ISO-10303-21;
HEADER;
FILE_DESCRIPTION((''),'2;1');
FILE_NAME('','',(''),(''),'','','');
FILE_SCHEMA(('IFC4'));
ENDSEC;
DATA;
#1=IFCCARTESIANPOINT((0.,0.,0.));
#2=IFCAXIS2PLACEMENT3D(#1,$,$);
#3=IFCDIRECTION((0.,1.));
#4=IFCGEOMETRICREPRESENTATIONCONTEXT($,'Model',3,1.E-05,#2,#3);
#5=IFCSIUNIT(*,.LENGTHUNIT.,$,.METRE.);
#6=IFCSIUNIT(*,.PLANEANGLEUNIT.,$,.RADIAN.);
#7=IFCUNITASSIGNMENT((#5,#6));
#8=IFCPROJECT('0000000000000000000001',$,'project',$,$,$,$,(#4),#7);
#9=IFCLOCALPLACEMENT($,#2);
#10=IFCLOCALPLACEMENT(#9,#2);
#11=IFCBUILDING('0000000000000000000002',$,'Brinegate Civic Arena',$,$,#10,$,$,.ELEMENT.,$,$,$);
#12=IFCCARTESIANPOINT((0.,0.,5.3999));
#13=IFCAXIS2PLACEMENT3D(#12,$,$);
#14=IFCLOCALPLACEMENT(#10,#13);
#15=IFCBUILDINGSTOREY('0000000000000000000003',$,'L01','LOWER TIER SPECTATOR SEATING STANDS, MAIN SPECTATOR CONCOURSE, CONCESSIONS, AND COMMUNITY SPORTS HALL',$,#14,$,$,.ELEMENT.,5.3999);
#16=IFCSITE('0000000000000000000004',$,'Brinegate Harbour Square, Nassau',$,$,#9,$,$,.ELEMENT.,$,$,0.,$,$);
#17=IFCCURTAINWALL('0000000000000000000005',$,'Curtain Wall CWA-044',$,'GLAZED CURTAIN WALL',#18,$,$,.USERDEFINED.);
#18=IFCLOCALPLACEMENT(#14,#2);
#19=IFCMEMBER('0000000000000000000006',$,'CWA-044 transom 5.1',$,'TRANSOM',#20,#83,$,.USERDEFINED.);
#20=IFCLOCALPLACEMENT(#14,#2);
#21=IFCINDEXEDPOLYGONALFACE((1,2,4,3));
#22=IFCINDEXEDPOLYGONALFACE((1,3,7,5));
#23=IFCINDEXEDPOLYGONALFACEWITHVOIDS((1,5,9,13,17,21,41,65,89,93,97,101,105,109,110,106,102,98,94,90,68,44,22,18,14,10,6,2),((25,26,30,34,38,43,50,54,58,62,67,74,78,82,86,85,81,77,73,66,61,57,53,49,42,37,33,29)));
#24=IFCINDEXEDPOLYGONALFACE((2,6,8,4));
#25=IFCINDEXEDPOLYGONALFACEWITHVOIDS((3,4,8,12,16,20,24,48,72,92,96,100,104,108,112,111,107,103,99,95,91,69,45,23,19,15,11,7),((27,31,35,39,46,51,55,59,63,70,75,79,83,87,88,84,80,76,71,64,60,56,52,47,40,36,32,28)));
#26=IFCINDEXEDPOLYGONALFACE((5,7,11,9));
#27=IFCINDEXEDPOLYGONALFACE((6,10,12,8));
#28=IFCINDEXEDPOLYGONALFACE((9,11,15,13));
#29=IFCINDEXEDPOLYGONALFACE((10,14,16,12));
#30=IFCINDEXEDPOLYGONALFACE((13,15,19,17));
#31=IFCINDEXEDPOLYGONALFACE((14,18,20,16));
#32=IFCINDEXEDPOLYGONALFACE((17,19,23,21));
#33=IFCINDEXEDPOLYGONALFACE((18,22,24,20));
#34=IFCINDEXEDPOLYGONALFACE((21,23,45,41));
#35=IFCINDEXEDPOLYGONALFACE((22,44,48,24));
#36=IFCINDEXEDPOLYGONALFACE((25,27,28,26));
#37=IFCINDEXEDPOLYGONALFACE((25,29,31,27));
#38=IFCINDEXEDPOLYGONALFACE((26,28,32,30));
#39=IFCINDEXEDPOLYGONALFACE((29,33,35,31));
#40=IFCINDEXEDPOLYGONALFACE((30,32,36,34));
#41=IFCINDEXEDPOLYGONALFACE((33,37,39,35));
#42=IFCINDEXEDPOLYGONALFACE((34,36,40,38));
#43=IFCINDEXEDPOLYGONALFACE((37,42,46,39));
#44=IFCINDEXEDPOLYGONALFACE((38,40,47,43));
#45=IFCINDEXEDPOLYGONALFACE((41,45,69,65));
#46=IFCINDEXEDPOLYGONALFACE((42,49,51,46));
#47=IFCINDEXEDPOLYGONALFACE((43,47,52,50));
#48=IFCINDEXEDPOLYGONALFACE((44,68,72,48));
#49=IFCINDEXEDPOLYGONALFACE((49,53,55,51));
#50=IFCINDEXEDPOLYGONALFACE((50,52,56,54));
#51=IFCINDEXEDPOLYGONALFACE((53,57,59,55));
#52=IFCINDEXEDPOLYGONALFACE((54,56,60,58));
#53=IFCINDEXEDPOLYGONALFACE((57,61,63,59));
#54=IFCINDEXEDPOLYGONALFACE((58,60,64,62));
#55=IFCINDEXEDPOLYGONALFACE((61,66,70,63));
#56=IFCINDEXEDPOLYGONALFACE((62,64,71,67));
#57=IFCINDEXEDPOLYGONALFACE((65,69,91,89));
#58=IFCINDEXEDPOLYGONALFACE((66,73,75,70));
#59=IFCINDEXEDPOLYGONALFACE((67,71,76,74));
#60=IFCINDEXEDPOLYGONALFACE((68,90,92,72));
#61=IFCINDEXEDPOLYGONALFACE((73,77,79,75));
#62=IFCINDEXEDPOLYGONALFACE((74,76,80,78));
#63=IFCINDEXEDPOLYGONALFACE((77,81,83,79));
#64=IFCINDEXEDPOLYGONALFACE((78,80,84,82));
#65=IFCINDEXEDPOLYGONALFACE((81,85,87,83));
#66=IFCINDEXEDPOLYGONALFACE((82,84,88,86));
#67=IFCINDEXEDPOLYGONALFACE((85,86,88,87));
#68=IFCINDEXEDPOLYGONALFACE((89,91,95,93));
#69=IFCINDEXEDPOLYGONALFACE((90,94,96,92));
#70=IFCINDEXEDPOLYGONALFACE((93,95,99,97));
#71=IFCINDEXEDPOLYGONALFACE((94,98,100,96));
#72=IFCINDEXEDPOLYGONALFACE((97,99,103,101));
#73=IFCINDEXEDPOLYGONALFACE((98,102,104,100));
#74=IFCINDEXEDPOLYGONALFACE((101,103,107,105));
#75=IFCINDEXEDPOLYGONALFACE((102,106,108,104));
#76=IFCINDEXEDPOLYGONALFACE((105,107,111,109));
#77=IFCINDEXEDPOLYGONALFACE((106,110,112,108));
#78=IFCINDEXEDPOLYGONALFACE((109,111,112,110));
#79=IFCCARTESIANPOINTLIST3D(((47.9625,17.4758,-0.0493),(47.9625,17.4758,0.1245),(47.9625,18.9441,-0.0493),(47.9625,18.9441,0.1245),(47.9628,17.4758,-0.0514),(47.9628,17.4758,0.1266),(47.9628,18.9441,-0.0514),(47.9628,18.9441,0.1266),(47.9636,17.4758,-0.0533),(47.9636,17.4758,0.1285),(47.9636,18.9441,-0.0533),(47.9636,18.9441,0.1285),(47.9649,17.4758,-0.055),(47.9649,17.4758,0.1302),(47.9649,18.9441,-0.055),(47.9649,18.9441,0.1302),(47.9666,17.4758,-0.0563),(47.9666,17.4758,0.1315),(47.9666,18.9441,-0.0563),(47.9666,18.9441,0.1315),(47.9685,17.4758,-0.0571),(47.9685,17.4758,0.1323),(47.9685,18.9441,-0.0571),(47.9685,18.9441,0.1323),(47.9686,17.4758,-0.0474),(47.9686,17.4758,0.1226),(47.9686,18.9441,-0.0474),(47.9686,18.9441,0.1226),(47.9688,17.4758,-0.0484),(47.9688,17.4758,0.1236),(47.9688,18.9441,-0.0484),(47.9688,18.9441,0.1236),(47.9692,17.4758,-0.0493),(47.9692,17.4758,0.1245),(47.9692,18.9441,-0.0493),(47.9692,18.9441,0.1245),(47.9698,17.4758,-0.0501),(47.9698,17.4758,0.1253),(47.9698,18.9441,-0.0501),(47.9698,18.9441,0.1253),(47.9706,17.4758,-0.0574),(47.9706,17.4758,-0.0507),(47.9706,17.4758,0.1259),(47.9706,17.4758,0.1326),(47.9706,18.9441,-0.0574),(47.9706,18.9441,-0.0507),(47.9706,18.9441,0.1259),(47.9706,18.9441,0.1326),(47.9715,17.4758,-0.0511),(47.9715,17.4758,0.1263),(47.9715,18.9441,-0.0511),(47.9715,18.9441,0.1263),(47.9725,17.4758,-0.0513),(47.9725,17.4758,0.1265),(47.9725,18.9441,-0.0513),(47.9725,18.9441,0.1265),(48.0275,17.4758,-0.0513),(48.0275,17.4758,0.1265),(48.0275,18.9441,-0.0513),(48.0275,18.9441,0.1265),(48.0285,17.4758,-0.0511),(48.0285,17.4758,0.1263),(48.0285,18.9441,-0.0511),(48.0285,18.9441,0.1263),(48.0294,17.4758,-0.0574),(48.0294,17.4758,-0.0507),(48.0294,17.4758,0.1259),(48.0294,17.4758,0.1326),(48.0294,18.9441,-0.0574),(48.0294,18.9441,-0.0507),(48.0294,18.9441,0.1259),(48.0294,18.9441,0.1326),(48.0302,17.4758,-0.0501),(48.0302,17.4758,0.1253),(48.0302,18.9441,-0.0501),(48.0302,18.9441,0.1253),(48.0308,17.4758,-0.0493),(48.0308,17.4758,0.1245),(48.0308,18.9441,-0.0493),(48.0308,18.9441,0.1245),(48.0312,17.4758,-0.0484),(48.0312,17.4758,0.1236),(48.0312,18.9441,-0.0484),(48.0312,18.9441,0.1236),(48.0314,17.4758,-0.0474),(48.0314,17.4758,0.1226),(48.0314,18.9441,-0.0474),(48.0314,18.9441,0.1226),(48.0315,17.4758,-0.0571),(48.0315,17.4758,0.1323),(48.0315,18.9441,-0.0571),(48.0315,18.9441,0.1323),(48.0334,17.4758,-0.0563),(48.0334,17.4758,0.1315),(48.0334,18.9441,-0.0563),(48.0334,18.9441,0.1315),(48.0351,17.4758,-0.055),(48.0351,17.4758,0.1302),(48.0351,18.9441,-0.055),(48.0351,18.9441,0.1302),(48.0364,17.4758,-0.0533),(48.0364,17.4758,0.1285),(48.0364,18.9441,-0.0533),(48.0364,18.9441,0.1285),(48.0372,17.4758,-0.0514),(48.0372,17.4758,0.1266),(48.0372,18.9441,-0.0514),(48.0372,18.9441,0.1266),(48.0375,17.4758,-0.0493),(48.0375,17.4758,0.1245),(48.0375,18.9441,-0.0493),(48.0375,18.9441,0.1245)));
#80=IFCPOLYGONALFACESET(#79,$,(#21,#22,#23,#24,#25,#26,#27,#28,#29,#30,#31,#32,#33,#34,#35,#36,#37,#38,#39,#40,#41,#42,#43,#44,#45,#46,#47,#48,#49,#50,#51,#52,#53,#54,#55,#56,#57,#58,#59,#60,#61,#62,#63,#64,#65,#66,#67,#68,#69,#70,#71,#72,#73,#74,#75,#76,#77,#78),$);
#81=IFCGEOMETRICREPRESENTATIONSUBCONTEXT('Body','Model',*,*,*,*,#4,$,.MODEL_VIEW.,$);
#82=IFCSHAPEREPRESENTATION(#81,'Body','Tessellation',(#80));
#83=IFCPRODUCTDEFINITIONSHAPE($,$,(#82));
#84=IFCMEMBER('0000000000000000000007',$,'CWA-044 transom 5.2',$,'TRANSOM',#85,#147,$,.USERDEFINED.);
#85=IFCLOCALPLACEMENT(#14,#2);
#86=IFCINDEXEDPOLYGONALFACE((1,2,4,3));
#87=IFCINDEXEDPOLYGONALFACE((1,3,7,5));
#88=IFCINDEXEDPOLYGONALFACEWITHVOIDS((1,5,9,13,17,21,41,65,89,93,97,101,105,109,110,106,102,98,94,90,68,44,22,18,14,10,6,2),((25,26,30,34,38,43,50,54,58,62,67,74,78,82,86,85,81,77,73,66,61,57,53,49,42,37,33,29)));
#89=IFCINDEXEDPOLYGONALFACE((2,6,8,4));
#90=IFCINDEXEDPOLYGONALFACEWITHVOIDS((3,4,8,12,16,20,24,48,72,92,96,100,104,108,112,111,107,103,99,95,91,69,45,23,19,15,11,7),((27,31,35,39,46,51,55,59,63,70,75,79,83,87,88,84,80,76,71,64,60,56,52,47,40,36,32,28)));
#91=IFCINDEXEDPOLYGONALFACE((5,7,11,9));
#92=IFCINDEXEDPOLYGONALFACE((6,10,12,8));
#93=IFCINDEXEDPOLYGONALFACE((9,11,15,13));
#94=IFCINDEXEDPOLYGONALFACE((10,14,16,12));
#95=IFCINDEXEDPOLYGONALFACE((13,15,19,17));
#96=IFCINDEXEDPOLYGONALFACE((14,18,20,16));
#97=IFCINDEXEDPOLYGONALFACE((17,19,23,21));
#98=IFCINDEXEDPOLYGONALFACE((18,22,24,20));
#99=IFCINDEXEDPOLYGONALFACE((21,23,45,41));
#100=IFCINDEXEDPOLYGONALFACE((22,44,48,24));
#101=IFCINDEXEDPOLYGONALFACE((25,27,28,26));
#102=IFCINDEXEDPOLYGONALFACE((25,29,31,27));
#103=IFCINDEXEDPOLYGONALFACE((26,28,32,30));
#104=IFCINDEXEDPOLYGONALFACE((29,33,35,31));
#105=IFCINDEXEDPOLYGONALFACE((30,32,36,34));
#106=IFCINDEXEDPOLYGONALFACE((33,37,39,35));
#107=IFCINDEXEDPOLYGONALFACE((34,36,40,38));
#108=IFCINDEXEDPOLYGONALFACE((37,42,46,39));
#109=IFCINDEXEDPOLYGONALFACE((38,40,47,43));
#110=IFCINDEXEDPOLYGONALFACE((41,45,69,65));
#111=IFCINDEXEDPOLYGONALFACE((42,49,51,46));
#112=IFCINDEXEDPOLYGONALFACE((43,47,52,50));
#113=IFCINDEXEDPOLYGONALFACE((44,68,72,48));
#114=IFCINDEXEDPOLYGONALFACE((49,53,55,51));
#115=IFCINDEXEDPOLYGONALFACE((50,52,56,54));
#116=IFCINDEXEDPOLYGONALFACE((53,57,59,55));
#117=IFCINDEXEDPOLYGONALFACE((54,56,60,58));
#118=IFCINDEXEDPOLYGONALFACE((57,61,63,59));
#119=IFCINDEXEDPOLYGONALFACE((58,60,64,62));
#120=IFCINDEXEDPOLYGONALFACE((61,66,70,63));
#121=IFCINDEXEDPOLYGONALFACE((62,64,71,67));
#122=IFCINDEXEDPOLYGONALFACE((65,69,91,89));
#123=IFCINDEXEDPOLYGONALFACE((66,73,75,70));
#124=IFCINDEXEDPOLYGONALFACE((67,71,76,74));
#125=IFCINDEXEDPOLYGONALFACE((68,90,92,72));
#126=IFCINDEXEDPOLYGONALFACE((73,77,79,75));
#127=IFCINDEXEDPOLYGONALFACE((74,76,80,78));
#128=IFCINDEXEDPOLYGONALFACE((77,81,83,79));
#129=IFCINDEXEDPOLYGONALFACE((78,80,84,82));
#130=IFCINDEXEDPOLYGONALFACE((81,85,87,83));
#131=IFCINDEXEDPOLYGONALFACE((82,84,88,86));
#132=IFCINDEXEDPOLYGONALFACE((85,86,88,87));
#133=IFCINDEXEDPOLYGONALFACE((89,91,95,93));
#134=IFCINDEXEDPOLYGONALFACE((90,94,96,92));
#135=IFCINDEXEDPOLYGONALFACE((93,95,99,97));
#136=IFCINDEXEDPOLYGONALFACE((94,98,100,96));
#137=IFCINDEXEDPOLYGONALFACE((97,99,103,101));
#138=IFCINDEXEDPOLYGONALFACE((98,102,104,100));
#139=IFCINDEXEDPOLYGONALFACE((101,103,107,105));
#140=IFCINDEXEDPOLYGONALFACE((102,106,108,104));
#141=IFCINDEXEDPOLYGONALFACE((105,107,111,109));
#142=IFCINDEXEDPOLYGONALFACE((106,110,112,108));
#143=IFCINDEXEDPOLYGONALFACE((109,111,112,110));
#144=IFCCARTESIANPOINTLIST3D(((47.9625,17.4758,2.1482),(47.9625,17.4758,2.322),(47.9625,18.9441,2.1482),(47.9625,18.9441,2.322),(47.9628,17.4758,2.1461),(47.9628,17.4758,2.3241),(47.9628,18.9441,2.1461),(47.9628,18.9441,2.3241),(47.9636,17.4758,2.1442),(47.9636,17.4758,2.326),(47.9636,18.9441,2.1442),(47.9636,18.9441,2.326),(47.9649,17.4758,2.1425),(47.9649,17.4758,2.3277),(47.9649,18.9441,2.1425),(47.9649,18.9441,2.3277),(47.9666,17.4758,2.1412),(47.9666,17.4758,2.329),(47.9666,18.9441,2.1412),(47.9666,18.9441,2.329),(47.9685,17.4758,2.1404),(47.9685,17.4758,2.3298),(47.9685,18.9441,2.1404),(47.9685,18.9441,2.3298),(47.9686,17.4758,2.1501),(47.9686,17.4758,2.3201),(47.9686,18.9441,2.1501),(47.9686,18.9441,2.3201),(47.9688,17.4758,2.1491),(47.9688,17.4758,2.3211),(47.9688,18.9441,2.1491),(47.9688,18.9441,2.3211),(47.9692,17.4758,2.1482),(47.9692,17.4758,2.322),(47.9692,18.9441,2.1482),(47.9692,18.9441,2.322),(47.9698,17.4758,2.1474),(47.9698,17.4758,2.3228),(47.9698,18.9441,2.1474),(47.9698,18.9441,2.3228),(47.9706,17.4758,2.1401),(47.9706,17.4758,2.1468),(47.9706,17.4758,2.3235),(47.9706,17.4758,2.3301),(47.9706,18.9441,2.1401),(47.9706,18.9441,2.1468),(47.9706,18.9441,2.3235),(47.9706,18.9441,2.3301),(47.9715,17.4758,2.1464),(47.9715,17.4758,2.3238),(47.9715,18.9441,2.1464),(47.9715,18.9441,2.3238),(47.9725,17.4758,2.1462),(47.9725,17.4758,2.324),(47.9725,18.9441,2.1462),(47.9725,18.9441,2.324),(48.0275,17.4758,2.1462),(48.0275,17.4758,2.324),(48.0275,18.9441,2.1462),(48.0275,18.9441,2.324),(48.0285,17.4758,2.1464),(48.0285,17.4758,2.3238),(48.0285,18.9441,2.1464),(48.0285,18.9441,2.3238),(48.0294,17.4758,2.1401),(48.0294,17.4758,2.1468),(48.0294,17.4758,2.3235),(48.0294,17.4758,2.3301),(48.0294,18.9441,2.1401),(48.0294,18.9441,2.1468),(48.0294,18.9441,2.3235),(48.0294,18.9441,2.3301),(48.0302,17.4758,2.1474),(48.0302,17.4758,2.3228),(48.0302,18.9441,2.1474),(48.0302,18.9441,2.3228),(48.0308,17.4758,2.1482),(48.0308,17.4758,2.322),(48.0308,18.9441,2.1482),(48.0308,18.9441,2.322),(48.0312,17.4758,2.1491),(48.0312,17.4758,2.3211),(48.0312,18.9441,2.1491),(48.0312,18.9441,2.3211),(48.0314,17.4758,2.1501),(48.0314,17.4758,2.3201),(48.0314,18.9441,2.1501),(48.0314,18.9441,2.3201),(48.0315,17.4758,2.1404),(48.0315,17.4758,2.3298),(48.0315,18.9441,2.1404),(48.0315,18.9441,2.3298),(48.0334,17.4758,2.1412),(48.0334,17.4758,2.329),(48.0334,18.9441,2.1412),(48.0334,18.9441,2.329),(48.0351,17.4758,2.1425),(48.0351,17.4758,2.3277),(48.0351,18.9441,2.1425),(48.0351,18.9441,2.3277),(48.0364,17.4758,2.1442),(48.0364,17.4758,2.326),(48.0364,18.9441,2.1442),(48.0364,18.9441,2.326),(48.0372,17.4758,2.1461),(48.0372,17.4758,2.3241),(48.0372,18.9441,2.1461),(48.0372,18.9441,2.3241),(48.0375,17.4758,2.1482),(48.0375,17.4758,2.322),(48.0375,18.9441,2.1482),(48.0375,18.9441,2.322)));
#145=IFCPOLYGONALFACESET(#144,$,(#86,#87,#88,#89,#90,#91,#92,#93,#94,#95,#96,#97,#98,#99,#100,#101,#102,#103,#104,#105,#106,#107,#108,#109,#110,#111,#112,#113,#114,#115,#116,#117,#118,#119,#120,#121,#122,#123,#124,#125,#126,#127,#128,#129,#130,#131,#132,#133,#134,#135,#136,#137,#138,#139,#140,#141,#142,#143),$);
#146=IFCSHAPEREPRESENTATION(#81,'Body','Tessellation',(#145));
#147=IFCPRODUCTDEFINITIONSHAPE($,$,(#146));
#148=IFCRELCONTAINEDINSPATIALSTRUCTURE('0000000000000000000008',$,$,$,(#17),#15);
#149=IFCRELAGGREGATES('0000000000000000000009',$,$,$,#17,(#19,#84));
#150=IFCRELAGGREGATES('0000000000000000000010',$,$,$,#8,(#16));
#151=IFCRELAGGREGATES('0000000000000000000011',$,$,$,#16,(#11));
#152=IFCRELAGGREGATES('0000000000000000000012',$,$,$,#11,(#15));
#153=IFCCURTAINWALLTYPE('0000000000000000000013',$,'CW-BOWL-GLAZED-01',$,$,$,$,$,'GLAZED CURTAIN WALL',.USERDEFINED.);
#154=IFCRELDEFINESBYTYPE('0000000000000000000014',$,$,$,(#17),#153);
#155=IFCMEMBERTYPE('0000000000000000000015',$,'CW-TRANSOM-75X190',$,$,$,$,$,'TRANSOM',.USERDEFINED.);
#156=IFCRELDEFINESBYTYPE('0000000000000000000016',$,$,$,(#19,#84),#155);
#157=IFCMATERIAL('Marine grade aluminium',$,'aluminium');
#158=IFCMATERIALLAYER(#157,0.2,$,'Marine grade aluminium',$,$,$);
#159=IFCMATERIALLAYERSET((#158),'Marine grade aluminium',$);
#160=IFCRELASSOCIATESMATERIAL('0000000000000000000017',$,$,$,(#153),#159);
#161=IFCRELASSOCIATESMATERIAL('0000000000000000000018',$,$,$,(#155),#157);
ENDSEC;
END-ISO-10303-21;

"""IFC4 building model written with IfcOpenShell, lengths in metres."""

from ifc_helpers import new_model, si_unit, direction, frame, origin, origin_2d, place, context, subcontext, project, spatial, hollow_rectangle, extrude, material, layer, layer_set, material_profile, profile_set, type_object, element, aggregate, save


model = new_model("IFC4")

# Units and contexts
model_context = context("Model", 3, precision=1e-05, world=origin(), true_north=direction((0.0, 1.0)))
body_context = subcontext(model_context, "Body", "Model", "MODEL_VIEW")
ifc_project = project(units=[si_unit("LENGTHUNIT", "METRE"), si_unit("PLANEANGLEUNIT", "RADIAN")], contexts=[model_context])

# Site, building, storey
site_placement = place(None, origin())
site = spatial("IfcSite", under=ifc_project, at=site_placement, Name="Brinegate Harbour Square, Nassau", CompositionType="ELEMENT", RefElevation=0.0)
building_placement = place(site_placement, origin())
building = spatial("IfcBuilding", under=site, at=building_placement, Name="Brinegate Civic Arena", CompositionType="ELEMENT")
storey_placement = place(building_placement, frame((0.0, 0.0, 5.3999)))
storey = spatial("IfcBuildingStorey", under=building, at=storey_placement, Name="L01", Description="LOWER TIER SPECTATOR SEATING STANDS, MAIN SPECTATOR CONCOURSE, CONCESSIONS, AND COMMUNITY SPORTS HALL", CompositionType="ELEMENT", Elevation=5.3999)

# Curtain wall
ifc_material_1 = material(Name="Marine grade aluminium", Category="aluminium")
ifc_layer_1 = layer(ifc_material_1, 0.2, Name="Marine grade aluminium")
ifc_layer_set_1 = layer_set([ifc_layer_1], Name="Marine grade aluminium")
curtain_wall_type = type_object("IfcCurtainWallType", Name="CW-BOWL-GLAZED-01", ElementType="GLAZED CURTAIN WALL", PredefinedType="USERDEFINED", material=ifc_layer_set_1)
curtain_wall_1_placement = place(storey_placement, origin())
curtain_wall_1 = element("IfcCurtainWall", 1, at=curtain_wall_1_placement, inside=storey, type_object=curtain_wall_type, Name="Curtain Wall CWA-044", ObjectType="GLAZED CURTAIN WALL", PredefinedType="USERDEFINED")

# Members
ifc_material_profile_1 = material_profile(ifc_material_1, hollow_rectangle(XDim=0.075, YDim=0.1899, WallThickness=0.0061, InnerFilletRadius=0.0039, OuterFilletRadius=0.0081, at=origin_2d()), Name="TRN75X190")
ifc_profile_set_1 = profile_set([ifc_material_profile_1], Name="Marine grade aluminium")
member_type_1 = type_object("IfcMemberType", Name="CW-TRANSOM-75X190", ElementType="TRANSOM", PredefinedType="USERDEFINED", material=ifc_profile_set_1)
member_1_placement = place(storey_placement, frame((48.0, 17.4758, 0.0376), z_axis=(0.0, 1.0, 0.0), x_axis=(-1.0, 0.0, 0.0)))
member_1 = element("IfcMember", 2, at=member_1_placement, type_object=member_type_1, Name="CWA-044 transom 5.1", ObjectType="TRANSOM", PredefinedType="USERDEFINED", context=body_context, shape_type="SweptSolid", body=[
    extrude(hollow_rectangle(XDim=0.075, YDim=0.1899, WallThickness=0.0061, InnerFilletRadius=0.0039, OuterFilletRadius=0.0081, at=origin_2d()), origin(), (0.0, 0.0, 1.0), 1.4683),
])
member_2_placement = place(storey_placement, frame((48.0, 17.4758, 2.2351), z_axis=(0.0, 1.0, 0.0), x_axis=(-1.0, 0.0, 0.0)))
member_2 = element("IfcMember", 3, at=member_2_placement, type_object=member_type_1, Name="CWA-044 transom 5.2", ObjectType="TRANSOM", PredefinedType="USERDEFINED", context=body_context, shape_type="SweptSolid", body=[
    extrude(hollow_rectangle(XDim=0.075, YDim=0.1899, WallThickness=0.0061, InnerFilletRadius=0.0039, OuterFilletRadius=0.0081, at=origin_2d()), origin(), (0.0, 0.0, 1.0), 1.4683),
])

aggregate(curtain_wall_1, [member_1, member_2])

save(model, "model.ifc")
